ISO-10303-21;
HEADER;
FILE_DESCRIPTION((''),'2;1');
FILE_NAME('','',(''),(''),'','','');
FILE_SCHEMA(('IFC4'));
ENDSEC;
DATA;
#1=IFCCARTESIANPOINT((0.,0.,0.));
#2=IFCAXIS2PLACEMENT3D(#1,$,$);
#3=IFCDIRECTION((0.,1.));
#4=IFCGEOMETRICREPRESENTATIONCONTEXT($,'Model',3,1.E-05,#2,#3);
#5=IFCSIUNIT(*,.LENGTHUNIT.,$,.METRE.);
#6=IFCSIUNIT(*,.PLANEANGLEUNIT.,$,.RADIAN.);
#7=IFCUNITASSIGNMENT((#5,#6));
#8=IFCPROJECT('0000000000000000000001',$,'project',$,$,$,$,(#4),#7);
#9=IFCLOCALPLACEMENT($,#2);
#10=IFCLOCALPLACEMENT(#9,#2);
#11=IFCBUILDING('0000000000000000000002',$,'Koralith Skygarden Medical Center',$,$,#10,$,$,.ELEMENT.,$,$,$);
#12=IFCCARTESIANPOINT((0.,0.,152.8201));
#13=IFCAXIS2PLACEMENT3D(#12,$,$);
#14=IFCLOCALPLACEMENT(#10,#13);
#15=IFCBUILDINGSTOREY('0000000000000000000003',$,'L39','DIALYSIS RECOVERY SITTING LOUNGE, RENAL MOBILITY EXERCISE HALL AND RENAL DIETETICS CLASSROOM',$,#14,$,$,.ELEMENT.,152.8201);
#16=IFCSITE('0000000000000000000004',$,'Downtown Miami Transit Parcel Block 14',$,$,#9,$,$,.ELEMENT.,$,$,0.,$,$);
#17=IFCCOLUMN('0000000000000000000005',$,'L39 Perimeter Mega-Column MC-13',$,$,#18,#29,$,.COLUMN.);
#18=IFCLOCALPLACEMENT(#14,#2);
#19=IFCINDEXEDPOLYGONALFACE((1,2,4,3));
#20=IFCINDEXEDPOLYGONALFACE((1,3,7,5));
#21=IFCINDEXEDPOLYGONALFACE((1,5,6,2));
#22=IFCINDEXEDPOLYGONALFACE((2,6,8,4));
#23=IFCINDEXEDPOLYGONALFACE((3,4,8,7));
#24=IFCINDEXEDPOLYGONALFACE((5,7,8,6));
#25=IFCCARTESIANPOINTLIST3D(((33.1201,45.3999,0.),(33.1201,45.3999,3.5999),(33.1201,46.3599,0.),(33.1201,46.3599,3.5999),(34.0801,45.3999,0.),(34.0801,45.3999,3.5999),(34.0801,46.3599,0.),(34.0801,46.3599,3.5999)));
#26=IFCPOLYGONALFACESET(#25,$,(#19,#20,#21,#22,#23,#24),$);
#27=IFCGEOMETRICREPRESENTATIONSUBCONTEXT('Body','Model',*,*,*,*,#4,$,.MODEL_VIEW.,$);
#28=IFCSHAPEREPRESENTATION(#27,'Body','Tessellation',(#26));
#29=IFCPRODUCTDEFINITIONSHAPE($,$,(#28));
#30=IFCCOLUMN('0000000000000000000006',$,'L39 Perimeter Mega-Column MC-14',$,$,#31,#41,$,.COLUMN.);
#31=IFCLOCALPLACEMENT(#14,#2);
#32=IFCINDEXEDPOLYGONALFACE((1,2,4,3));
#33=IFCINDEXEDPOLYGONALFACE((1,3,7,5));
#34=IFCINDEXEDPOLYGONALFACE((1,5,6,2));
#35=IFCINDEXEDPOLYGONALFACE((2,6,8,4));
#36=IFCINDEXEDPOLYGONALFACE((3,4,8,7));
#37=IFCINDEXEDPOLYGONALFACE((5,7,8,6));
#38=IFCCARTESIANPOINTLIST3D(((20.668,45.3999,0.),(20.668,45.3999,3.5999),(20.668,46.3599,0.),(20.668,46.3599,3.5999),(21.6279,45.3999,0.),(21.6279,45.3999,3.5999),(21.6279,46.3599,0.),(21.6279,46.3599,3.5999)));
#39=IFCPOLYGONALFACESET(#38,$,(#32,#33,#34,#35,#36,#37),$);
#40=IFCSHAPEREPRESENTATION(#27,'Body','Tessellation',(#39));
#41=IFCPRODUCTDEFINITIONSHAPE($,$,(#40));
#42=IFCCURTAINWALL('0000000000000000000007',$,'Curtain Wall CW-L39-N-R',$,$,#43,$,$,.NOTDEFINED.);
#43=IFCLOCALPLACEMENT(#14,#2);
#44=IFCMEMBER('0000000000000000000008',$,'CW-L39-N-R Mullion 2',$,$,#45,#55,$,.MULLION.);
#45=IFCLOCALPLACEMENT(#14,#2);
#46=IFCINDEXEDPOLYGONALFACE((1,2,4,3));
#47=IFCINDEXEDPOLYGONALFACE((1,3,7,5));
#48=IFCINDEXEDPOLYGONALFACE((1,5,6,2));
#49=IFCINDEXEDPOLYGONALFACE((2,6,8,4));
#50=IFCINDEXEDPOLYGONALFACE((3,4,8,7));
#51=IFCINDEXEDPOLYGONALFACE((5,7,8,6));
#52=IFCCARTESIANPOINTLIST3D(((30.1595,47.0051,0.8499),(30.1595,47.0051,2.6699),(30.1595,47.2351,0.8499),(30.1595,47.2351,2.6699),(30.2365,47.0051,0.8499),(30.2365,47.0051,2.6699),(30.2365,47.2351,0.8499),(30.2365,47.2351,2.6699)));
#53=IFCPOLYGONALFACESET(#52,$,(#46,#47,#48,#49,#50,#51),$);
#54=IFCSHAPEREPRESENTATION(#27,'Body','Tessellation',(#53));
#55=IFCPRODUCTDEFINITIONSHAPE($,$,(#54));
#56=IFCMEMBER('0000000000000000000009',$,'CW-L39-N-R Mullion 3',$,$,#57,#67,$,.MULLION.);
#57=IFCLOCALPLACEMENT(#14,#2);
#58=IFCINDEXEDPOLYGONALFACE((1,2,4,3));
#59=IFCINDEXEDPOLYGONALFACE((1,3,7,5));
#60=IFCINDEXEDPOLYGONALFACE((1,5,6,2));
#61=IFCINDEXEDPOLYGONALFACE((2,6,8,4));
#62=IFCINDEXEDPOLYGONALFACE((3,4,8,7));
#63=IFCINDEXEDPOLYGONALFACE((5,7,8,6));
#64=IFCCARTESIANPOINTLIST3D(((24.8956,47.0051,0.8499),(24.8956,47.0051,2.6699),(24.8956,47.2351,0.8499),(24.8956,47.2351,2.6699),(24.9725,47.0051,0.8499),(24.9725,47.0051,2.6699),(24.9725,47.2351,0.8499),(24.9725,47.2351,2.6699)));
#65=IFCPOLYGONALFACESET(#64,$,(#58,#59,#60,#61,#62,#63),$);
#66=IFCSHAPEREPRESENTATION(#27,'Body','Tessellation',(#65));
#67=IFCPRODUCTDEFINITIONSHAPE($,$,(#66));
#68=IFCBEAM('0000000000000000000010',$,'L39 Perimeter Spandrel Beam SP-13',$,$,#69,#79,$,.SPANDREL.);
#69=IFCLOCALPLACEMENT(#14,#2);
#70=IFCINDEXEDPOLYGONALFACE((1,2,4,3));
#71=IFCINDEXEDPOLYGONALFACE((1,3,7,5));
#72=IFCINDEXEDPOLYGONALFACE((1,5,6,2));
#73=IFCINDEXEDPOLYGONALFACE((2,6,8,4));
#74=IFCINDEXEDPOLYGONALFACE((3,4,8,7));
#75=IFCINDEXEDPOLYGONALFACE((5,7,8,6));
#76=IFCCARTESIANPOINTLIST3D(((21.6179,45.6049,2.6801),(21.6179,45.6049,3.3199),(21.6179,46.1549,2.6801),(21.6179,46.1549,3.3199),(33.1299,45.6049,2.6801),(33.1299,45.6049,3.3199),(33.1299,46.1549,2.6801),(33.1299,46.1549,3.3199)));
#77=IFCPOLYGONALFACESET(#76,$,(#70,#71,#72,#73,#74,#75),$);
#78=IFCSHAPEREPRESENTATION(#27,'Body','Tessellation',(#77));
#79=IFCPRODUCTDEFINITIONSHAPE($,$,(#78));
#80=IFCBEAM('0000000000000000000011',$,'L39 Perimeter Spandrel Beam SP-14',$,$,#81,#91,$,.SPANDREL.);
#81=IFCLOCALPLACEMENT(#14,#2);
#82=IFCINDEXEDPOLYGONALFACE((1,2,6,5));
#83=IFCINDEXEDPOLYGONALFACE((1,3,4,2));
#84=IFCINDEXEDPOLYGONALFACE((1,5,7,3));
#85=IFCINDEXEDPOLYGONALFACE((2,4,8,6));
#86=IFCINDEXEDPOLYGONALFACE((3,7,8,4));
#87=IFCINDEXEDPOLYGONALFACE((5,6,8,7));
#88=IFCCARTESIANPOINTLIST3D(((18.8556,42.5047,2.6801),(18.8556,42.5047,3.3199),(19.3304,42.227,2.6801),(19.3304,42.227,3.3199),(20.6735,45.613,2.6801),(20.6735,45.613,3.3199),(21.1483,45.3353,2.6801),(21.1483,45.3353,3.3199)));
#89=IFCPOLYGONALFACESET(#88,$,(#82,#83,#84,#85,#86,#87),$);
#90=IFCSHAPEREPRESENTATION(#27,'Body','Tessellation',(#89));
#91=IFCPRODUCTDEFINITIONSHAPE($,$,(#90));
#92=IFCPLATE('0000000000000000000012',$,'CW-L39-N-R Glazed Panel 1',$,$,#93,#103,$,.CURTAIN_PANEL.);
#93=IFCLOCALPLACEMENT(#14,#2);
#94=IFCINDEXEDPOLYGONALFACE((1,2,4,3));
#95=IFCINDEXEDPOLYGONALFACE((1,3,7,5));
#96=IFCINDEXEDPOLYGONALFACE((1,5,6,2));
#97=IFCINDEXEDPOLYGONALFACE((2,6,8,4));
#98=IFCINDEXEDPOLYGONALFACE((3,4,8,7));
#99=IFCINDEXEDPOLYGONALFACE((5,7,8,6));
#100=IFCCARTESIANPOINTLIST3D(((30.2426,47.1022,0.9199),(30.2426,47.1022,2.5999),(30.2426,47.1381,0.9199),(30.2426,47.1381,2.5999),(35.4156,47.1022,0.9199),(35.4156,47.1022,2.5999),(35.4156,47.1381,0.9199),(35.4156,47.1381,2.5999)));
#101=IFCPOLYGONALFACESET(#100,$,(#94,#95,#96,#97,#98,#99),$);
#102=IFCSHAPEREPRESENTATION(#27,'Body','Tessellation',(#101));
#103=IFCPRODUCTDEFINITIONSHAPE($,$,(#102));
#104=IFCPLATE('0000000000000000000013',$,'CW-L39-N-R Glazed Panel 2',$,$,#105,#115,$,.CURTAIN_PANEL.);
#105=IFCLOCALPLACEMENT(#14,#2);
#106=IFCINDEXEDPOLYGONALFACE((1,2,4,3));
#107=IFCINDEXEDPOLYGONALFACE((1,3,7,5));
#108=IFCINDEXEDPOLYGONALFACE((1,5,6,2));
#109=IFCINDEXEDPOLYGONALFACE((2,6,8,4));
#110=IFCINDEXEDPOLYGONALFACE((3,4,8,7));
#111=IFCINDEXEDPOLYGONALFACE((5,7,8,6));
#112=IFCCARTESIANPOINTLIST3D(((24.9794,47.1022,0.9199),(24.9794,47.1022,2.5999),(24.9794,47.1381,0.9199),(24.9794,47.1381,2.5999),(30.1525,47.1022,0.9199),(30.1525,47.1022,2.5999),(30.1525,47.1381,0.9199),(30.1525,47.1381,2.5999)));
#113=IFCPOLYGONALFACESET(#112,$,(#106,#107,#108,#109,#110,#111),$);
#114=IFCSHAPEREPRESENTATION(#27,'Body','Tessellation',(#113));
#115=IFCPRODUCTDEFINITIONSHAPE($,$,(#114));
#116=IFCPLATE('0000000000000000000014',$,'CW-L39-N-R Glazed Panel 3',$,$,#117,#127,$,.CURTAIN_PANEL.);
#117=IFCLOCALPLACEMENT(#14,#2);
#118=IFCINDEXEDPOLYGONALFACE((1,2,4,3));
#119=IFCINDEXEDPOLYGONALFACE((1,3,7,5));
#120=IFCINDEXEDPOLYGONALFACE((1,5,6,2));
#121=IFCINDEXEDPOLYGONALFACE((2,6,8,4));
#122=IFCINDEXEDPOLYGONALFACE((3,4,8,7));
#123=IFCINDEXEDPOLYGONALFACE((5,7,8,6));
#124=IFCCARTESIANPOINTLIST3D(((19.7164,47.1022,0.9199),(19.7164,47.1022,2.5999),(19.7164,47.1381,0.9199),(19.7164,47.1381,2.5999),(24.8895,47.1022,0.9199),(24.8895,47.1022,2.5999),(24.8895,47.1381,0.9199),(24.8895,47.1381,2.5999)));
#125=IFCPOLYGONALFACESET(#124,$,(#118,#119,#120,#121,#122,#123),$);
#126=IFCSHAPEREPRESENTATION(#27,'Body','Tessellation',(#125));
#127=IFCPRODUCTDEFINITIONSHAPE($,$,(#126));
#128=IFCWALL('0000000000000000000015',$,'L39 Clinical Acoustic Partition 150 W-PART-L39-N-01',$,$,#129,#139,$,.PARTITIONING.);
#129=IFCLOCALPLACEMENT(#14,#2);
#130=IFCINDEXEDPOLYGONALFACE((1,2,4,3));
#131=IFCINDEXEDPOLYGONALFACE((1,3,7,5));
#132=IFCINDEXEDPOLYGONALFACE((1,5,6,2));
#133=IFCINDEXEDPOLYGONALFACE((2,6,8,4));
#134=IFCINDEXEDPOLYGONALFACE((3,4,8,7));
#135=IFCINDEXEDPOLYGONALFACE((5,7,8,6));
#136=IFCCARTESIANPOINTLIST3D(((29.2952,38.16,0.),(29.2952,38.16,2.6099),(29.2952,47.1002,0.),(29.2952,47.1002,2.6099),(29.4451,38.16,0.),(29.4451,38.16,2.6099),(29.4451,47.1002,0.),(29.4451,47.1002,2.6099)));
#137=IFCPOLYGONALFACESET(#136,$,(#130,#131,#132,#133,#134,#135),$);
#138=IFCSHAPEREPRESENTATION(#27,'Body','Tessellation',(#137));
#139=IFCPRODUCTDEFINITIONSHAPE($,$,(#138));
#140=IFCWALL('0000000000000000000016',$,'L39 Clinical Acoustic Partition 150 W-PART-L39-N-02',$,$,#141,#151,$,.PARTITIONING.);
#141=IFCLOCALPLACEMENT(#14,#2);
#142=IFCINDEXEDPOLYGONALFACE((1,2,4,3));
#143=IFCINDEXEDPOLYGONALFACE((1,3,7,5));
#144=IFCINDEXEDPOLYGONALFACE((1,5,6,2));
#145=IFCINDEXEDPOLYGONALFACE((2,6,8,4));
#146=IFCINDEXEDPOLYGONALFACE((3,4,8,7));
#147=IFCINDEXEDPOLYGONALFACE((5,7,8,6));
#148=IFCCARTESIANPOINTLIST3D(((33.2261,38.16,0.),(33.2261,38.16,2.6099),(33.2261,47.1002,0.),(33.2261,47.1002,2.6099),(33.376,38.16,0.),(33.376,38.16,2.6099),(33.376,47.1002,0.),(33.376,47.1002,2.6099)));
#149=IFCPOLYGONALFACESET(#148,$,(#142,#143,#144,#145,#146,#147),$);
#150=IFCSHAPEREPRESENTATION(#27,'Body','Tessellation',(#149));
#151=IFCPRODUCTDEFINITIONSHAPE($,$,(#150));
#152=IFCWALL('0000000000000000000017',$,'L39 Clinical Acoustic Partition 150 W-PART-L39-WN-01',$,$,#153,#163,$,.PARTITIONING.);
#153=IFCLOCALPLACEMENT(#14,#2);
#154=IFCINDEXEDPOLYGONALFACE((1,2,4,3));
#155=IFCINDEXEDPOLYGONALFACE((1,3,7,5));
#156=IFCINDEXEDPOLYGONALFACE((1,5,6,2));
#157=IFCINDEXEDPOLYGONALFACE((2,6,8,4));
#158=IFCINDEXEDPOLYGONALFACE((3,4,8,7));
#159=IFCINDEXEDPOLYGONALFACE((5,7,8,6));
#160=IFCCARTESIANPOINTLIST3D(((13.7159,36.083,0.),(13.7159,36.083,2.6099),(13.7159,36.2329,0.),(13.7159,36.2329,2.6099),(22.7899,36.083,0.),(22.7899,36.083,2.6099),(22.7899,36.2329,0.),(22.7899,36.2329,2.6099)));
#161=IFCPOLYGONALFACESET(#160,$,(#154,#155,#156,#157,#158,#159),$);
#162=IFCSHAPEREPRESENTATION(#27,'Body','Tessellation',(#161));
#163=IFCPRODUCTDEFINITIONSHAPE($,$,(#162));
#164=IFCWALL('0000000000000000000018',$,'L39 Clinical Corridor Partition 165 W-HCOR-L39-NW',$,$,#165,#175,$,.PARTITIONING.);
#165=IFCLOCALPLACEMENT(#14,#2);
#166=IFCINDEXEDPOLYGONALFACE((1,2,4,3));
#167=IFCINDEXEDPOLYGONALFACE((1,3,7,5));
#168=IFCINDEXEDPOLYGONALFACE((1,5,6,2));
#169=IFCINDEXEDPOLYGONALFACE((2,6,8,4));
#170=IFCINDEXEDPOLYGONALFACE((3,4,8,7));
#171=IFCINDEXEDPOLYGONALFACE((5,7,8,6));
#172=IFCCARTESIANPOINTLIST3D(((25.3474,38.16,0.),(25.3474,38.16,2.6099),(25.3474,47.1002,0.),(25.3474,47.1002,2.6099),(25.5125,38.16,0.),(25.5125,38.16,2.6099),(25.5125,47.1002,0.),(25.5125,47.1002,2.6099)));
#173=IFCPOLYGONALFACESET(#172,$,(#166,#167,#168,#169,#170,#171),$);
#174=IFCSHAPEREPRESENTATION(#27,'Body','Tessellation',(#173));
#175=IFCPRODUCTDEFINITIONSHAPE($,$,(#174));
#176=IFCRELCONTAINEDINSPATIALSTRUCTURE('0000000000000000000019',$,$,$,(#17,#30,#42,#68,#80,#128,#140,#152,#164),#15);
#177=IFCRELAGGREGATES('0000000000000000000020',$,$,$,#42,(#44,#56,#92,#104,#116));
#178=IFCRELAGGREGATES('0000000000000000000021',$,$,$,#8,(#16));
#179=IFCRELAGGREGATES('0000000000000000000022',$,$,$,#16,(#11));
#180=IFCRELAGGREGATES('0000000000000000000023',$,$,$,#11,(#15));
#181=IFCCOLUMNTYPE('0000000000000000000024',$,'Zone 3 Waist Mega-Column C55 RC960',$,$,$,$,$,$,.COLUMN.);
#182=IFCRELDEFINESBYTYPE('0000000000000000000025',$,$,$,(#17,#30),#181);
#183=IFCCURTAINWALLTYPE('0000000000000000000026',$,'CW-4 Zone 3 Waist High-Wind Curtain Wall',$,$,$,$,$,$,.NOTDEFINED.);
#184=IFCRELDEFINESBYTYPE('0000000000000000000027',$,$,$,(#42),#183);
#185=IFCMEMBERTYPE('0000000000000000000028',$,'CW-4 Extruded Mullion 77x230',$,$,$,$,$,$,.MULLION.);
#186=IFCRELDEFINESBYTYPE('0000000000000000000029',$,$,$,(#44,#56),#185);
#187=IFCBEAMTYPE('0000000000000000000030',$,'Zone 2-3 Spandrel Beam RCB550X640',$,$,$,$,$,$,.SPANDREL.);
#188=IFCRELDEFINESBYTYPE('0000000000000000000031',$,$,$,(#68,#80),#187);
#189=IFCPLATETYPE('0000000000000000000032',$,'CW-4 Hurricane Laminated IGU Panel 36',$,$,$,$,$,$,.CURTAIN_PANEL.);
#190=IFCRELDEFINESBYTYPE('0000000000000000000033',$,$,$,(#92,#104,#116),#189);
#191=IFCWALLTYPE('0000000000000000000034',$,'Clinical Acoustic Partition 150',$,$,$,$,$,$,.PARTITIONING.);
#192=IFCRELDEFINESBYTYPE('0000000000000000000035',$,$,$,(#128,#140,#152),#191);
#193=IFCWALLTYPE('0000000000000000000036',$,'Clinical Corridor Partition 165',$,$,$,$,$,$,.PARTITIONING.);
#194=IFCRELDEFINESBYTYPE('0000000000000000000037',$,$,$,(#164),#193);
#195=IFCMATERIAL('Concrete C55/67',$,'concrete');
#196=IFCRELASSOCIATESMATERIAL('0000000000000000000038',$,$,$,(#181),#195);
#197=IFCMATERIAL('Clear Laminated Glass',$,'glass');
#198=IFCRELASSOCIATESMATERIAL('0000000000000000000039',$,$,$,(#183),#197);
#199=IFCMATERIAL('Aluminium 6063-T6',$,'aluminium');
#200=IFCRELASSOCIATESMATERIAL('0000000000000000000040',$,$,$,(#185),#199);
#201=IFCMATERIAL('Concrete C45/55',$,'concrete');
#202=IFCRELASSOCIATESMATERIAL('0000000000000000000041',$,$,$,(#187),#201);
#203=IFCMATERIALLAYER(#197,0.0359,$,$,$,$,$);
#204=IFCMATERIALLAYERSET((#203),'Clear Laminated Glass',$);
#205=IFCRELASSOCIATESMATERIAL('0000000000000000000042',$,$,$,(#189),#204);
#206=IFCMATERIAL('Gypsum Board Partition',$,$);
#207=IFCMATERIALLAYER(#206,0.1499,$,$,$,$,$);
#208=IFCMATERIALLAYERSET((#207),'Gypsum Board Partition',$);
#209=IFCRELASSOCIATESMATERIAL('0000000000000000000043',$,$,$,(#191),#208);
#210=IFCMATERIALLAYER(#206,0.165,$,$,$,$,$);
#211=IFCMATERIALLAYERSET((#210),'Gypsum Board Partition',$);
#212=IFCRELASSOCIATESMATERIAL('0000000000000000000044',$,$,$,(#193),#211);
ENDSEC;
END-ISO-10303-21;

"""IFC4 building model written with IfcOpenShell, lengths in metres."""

from ifc_helpers import new_model, si_unit, direction, frame, frame_2d, origin, origin_2d, place, context, subcontext, project, spatial, rectangle, extrude, material, layer, layer_set, material_profile, profile_set, type_object, element, aggregate, save


model = new_model("IFC4")

# Units and contexts
model_context = context("Model", 3, precision=1e-05, world=origin(), true_north=direction((0.0, 1.0)))
body_context = subcontext(model_context, "Body", "Model", "MODEL_VIEW")
ifc_project = project(units=[si_unit("LENGTHUNIT", "METRE"), si_unit("PLANEANGLEUNIT", "RADIAN")], contexts=[model_context])

# Site, building, storey
site_placement = place(None, origin())
site = spatial("IfcSite", under=ifc_project, at=site_placement, Name="Downtown Miami Transit Parcel Block 14", CompositionType="ELEMENT", RefElevation=0.0)
building_placement = place(site_placement, origin())
building = spatial("IfcBuilding", under=site, at=building_placement, Name="Koralith Skygarden Medical Center", CompositionType="ELEMENT")
storey_placement = place(building_placement, frame((0.0, 0.0, 152.8201)))
storey = spatial("IfcBuildingStorey", under=building, at=storey_placement, Name="L39", Description="DIALYSIS RECOVERY SITTING LOUNGE, RENAL MOBILITY EXERCISE HALL AND RENAL DIETETICS CLASSROOM", CompositionType="ELEMENT", Elevation=152.8201)

# Columns
ifc_material_1 = material(Name="Concrete C55/67", Category="concrete")
ifc_material_profile_1 = material_profile(ifc_material_1, rectangle(XDim=0.96, YDim=0.96, at=origin_2d()), Name="RC960X960")
ifc_profile_set_1 = profile_set([ifc_material_profile_1], Name="Concrete C55/67")
column_type = type_object("IfcColumnType", Name="Zone 3 Waist Mega-Column C55 RC960", PredefinedType="COLUMN", material=ifc_profile_set_1)
for number, where, z_axis, x_axis, name in (
    (1, (33.6001, 45.8799, 0.0), (0.0, 0.0, 1.0), (1.0, 0.0, 0.0), "L39 Perimeter Mega-Column MC-13"),
    (2, (21.1479, 45.8799, 0.0), (0.0, 0.0, 1.0), (1.0, 0.0, 0.0), "L39 Perimeter Mega-Column MC-14"),
):
    element("IfcColumn", number, at=place(storey_placement, frame(where, z_axis=z_axis, x_axis=x_axis)), inside=storey, type_object=column_type, Name=name, PredefinedType="COLUMN", context=body_context, shape_type="SweptSolid", body=[
        extrude(rectangle(XDim=0.96, YDim=0.96, at=origin_2d()), origin(), (0.0, 0.0, 1.0), 3.5999),
    ])

# Curtain wall, members
ifc_material_2 = material(Name="Clear Laminated Glass", Category="glass")
curtain_wall_type = type_object("IfcCurtainWallType", Name="CW-4 Zone 3 Waist High-Wind Curtain Wall", PredefinedType="NOTDEFINED", material=ifc_material_2)
curtain_wall_placement = place(storey_placement, origin())
curtain_wall = element("IfcCurtainWall", 3, at=curtain_wall_placement, inside=storey, type_object=curtain_wall_type, Name="Curtain Wall CW-L39-N-R", PredefinedType="NOTDEFINED")
ifc_material_3 = material(Name="Aluminium 6063-T6", Category="aluminium")
ifc_material_profile_2 = material_profile(ifc_material_3, rectangle(XDim=0.0769, YDim=0.23, at=origin_2d()), Name="MUL77X230")
ifc_profile_set_2 = profile_set([ifc_material_profile_2], Name="Aluminium 6063-T6")
member_type = type_object("IfcMemberType", Name="CW-4 Extruded Mullion 77x230", PredefinedType="MULLION", material=ifc_profile_set_2)
member_1_placement = place(storey_placement, frame((30.198, 47.1201, 0.8499), z_axis=(0.0, 0.0, 1.0), x_axis=(1.0, 0.0, 0.0)))
member_1 = element("IfcMember", 4, at=member_1_placement, type_object=member_type, Name="CW-L39-N-R Mullion 2", PredefinedType="MULLION", context=body_context, shape_type="SweptSolid", body=[
    extrude(rectangle(XDim=0.0769, YDim=0.23, at=origin_2d()), origin(), (0.0, 0.0, 1.0), 1.8201),
])
member_2_placement = place(storey_placement, frame((24.9341, 47.1201, 0.8499), z_axis=(0.0, 0.0, 1.0), x_axis=(1.0, 0.0, 0.0)))
member_2 = element("IfcMember", 5, at=member_2_placement, type_object=member_type, Name="CW-L39-N-R Mullion 3", PredefinedType="MULLION", context=body_context, shape_type="SweptSolid", body=[
    extrude(rectangle(XDim=0.0769, YDim=0.23, at=origin_2d()), origin(), (0.0, 0.0, 1.0), 1.8201),
])

# Beams
ifc_material_4 = material(Name="Concrete C45/55", Category="concrete")
ifc_material_profile_3 = material_profile(ifc_material_4, rectangle(XDim=0.55, YDim=0.6399, at=origin_2d()), Name="RCB550X640")
ifc_profile_set_3 = profile_set([ifc_material_profile_3], Name="Concrete C45/55")
beam_type = type_object("IfcBeamType", Name="Zone 2-3 Spandrel Beam RCB550X640", PredefinedType="SPANDREL", material=ifc_profile_set_3)
beam_1_placement = place(storey_placement, frame((33.1299, 45.8799, 3.0), z_axis=(-1.0, 0.0, 0.0), x_axis=(0.0, -1.0, 0.0)))
element("IfcBeam", 6, at=beam_1_placement, inside=storey, type_object=beam_type, Name="L39 Perimeter Spandrel Beam SP-13", PredefinedType="SPANDREL", context=body_context, shape_type="SweptSolid", body=[
    extrude(rectangle(XDim=0.55, YDim=0.6399, at=origin_2d()), origin(), (0.0, 0.0, 1.0), 11.512),
])
beam_2_placement = place(storey_placement, frame((20.9109, 45.4741, 3.0), z_axis=(-0.504861, -0.8632, 0.0), x_axis=(0.8632, -0.504861, 0.0)))
element("IfcBeam", 7, at=beam_2_placement, inside=storey, type_object=beam_type, Name="L39 Perimeter Spandrel Beam SP-14", PredefinedType="SPANDREL", context=body_context, shape_type="SweptSolid", body=[
    extrude(rectangle(XDim=0.55, YDim=0.6399, at=origin_2d()), origin(), (0.0, 0.0, 1.0), 3.6008),
])

# Plates
ifc_layer_1 = layer(ifc_material_2, 0.0359)
ifc_layer_set_1 = layer_set([ifc_layer_1], Name="Clear Laminated Glass")
plate_type = type_object("IfcPlateType", Name="CW-4 Hurricane Laminated IGU Panel 36", PredefinedType="CURTAIN_PANEL", material=ifc_layer_set_1)
plate_1_placement = place(storey_placement, frame((32.8291, 47.1201, 0.9199), z_axis=(0.0, 0.0, 1.0), x_axis=(-1.0, 0.0, 0.0)))
plate_1 = element("IfcPlate", 8, at=plate_1_placement, type_object=plate_type, Name="CW-L39-N-R Glazed Panel 1", PredefinedType="CURTAIN_PANEL", context=body_context, shape_type="SweptSolid", body=[
    extrude(rectangle(XDim=5.1731, YDim=0.0359, at=origin_2d()), origin(), (0.0, 0.0, 1.0), 1.6799),
])
plate_2_placement = place(storey_placement, frame((27.5659, 47.1201, 0.9199), z_axis=(0.0, 0.0, 1.0), x_axis=(-1.0, 0.0, 0.0)))
plate_2 = element("IfcPlate", 9, at=plate_2_placement, type_object=plate_type, Name="CW-L39-N-R Glazed Panel 2", PredefinedType="CURTAIN_PANEL", context=body_context, shape_type="SweptSolid", body=[
    extrude(rectangle(XDim=5.1731, YDim=0.0359, at=origin_2d()), origin(), (0.0, 0.0, 1.0), 1.6799),
])
plate_3_placement = place(storey_placement, frame((22.303, 47.1201, 0.9199), z_axis=(0.0, 0.0, 1.0), x_axis=(-1.0, 0.0, 0.0)))
plate_3 = element("IfcPlate", 10, at=plate_3_placement, type_object=plate_type, Name="CW-L39-N-R Glazed Panel 3", PredefinedType="CURTAIN_PANEL", context=body_context, shape_type="SweptSolid", body=[
    extrude(rectangle(XDim=5.1731, YDim=0.0359, at=origin_2d()), origin(), (0.0, 0.0, 1.0), 1.6799),
])
aggregate(curtain_wall, [member_1, member_2, plate_1, plate_2, plate_3])

# Walls
ifc_material_5 = material(Name="Gypsum Board Partition")
ifc_layer_2 = layer(ifc_material_5, 0.1499)
ifc_layer_set_2 = layer_set([ifc_layer_2], Name="Gypsum Board Partition")
wall_type_1 = type_object("IfcWallType", Name="Clinical Acoustic Partition 150", PredefinedType="PARTITIONING", material=ifc_layer_set_2)
for number, where, z_axis, x_axis, name in (
    (11, (29.3701, 38.1599, 0.0), (0.0, 0.0, 1.0), (0.0, 1.0, 0.0), "L39 Clinical Acoustic Partition 150 W-PART-L39-N-01"),
    (12, (33.301, 38.1599, 0.0), (0.0, 0.0, 1.0), (0.0, 1.0, 0.0), "L39 Clinical Acoustic Partition 150 W-PART-L39-N-02"),
):
    element("IfcWall", number, at=place(storey_placement, frame(where, z_axis=z_axis, x_axis=x_axis)), inside=storey, type_object=wall_type_1, Name=name, PredefinedType="PARTITIONING", context=body_context, shape_type="SweptSolid", body=[
        extrude(rectangle(XDim=8.9402, YDim=0.1499, at=frame_2d((4.4702, 0.0))), origin(), (0.0, 0.0, 1.0), 2.6099),
    ])
wall_1_placement = place(storey_placement, frame((22.79, 36.158, 0.0), z_axis=(0.0, 0.0, 1.0), x_axis=(-1.0, 0.0, 0.0)))
element("IfcWall", 13, at=wall_1_placement, inside=storey, type_object=wall_type_1, Name="L39 Clinical Acoustic Partition 150 W-PART-L39-WN-01", PredefinedType="PARTITIONING", context=body_context, shape_type="SweptSolid", body=[
    extrude(rectangle(XDim=9.074, YDim=0.1499, at=frame_2d((4.5371, 0.0))), origin(), (0.0, 0.0, 1.0), 2.6099),
])
ifc_layer_3 = layer(ifc_material_5, 0.165)
ifc_layer_set_3 = layer_set([ifc_layer_3], Name="Gypsum Board Partition")
wall_type_2 = type_object("IfcWallType", Name="Clinical Corridor Partition 165", PredefinedType="PARTITIONING", material=ifc_layer_set_3)
wall_2_placement = place(storey_placement, frame((25.4299, 38.1599, 0.0), z_axis=(0.0, 0.0, 1.0), x_axis=(0.0, 1.0, 0.0)))
element("IfcWall", 14, at=wall_2_placement, inside=storey, type_object=wall_type_2, Name="L39 Clinical Corridor Partition 165 W-HCOR-L39-NW", PredefinedType="PARTITIONING", context=body_context, shape_type="SweptSolid", body=[
    extrude(rectangle(XDim=8.9402, YDim=0.165, at=frame_2d((4.4702, 0.0))), origin(), (0.0, 0.0, 1.0), 2.6099),
])

save(model, "model.ifc")
